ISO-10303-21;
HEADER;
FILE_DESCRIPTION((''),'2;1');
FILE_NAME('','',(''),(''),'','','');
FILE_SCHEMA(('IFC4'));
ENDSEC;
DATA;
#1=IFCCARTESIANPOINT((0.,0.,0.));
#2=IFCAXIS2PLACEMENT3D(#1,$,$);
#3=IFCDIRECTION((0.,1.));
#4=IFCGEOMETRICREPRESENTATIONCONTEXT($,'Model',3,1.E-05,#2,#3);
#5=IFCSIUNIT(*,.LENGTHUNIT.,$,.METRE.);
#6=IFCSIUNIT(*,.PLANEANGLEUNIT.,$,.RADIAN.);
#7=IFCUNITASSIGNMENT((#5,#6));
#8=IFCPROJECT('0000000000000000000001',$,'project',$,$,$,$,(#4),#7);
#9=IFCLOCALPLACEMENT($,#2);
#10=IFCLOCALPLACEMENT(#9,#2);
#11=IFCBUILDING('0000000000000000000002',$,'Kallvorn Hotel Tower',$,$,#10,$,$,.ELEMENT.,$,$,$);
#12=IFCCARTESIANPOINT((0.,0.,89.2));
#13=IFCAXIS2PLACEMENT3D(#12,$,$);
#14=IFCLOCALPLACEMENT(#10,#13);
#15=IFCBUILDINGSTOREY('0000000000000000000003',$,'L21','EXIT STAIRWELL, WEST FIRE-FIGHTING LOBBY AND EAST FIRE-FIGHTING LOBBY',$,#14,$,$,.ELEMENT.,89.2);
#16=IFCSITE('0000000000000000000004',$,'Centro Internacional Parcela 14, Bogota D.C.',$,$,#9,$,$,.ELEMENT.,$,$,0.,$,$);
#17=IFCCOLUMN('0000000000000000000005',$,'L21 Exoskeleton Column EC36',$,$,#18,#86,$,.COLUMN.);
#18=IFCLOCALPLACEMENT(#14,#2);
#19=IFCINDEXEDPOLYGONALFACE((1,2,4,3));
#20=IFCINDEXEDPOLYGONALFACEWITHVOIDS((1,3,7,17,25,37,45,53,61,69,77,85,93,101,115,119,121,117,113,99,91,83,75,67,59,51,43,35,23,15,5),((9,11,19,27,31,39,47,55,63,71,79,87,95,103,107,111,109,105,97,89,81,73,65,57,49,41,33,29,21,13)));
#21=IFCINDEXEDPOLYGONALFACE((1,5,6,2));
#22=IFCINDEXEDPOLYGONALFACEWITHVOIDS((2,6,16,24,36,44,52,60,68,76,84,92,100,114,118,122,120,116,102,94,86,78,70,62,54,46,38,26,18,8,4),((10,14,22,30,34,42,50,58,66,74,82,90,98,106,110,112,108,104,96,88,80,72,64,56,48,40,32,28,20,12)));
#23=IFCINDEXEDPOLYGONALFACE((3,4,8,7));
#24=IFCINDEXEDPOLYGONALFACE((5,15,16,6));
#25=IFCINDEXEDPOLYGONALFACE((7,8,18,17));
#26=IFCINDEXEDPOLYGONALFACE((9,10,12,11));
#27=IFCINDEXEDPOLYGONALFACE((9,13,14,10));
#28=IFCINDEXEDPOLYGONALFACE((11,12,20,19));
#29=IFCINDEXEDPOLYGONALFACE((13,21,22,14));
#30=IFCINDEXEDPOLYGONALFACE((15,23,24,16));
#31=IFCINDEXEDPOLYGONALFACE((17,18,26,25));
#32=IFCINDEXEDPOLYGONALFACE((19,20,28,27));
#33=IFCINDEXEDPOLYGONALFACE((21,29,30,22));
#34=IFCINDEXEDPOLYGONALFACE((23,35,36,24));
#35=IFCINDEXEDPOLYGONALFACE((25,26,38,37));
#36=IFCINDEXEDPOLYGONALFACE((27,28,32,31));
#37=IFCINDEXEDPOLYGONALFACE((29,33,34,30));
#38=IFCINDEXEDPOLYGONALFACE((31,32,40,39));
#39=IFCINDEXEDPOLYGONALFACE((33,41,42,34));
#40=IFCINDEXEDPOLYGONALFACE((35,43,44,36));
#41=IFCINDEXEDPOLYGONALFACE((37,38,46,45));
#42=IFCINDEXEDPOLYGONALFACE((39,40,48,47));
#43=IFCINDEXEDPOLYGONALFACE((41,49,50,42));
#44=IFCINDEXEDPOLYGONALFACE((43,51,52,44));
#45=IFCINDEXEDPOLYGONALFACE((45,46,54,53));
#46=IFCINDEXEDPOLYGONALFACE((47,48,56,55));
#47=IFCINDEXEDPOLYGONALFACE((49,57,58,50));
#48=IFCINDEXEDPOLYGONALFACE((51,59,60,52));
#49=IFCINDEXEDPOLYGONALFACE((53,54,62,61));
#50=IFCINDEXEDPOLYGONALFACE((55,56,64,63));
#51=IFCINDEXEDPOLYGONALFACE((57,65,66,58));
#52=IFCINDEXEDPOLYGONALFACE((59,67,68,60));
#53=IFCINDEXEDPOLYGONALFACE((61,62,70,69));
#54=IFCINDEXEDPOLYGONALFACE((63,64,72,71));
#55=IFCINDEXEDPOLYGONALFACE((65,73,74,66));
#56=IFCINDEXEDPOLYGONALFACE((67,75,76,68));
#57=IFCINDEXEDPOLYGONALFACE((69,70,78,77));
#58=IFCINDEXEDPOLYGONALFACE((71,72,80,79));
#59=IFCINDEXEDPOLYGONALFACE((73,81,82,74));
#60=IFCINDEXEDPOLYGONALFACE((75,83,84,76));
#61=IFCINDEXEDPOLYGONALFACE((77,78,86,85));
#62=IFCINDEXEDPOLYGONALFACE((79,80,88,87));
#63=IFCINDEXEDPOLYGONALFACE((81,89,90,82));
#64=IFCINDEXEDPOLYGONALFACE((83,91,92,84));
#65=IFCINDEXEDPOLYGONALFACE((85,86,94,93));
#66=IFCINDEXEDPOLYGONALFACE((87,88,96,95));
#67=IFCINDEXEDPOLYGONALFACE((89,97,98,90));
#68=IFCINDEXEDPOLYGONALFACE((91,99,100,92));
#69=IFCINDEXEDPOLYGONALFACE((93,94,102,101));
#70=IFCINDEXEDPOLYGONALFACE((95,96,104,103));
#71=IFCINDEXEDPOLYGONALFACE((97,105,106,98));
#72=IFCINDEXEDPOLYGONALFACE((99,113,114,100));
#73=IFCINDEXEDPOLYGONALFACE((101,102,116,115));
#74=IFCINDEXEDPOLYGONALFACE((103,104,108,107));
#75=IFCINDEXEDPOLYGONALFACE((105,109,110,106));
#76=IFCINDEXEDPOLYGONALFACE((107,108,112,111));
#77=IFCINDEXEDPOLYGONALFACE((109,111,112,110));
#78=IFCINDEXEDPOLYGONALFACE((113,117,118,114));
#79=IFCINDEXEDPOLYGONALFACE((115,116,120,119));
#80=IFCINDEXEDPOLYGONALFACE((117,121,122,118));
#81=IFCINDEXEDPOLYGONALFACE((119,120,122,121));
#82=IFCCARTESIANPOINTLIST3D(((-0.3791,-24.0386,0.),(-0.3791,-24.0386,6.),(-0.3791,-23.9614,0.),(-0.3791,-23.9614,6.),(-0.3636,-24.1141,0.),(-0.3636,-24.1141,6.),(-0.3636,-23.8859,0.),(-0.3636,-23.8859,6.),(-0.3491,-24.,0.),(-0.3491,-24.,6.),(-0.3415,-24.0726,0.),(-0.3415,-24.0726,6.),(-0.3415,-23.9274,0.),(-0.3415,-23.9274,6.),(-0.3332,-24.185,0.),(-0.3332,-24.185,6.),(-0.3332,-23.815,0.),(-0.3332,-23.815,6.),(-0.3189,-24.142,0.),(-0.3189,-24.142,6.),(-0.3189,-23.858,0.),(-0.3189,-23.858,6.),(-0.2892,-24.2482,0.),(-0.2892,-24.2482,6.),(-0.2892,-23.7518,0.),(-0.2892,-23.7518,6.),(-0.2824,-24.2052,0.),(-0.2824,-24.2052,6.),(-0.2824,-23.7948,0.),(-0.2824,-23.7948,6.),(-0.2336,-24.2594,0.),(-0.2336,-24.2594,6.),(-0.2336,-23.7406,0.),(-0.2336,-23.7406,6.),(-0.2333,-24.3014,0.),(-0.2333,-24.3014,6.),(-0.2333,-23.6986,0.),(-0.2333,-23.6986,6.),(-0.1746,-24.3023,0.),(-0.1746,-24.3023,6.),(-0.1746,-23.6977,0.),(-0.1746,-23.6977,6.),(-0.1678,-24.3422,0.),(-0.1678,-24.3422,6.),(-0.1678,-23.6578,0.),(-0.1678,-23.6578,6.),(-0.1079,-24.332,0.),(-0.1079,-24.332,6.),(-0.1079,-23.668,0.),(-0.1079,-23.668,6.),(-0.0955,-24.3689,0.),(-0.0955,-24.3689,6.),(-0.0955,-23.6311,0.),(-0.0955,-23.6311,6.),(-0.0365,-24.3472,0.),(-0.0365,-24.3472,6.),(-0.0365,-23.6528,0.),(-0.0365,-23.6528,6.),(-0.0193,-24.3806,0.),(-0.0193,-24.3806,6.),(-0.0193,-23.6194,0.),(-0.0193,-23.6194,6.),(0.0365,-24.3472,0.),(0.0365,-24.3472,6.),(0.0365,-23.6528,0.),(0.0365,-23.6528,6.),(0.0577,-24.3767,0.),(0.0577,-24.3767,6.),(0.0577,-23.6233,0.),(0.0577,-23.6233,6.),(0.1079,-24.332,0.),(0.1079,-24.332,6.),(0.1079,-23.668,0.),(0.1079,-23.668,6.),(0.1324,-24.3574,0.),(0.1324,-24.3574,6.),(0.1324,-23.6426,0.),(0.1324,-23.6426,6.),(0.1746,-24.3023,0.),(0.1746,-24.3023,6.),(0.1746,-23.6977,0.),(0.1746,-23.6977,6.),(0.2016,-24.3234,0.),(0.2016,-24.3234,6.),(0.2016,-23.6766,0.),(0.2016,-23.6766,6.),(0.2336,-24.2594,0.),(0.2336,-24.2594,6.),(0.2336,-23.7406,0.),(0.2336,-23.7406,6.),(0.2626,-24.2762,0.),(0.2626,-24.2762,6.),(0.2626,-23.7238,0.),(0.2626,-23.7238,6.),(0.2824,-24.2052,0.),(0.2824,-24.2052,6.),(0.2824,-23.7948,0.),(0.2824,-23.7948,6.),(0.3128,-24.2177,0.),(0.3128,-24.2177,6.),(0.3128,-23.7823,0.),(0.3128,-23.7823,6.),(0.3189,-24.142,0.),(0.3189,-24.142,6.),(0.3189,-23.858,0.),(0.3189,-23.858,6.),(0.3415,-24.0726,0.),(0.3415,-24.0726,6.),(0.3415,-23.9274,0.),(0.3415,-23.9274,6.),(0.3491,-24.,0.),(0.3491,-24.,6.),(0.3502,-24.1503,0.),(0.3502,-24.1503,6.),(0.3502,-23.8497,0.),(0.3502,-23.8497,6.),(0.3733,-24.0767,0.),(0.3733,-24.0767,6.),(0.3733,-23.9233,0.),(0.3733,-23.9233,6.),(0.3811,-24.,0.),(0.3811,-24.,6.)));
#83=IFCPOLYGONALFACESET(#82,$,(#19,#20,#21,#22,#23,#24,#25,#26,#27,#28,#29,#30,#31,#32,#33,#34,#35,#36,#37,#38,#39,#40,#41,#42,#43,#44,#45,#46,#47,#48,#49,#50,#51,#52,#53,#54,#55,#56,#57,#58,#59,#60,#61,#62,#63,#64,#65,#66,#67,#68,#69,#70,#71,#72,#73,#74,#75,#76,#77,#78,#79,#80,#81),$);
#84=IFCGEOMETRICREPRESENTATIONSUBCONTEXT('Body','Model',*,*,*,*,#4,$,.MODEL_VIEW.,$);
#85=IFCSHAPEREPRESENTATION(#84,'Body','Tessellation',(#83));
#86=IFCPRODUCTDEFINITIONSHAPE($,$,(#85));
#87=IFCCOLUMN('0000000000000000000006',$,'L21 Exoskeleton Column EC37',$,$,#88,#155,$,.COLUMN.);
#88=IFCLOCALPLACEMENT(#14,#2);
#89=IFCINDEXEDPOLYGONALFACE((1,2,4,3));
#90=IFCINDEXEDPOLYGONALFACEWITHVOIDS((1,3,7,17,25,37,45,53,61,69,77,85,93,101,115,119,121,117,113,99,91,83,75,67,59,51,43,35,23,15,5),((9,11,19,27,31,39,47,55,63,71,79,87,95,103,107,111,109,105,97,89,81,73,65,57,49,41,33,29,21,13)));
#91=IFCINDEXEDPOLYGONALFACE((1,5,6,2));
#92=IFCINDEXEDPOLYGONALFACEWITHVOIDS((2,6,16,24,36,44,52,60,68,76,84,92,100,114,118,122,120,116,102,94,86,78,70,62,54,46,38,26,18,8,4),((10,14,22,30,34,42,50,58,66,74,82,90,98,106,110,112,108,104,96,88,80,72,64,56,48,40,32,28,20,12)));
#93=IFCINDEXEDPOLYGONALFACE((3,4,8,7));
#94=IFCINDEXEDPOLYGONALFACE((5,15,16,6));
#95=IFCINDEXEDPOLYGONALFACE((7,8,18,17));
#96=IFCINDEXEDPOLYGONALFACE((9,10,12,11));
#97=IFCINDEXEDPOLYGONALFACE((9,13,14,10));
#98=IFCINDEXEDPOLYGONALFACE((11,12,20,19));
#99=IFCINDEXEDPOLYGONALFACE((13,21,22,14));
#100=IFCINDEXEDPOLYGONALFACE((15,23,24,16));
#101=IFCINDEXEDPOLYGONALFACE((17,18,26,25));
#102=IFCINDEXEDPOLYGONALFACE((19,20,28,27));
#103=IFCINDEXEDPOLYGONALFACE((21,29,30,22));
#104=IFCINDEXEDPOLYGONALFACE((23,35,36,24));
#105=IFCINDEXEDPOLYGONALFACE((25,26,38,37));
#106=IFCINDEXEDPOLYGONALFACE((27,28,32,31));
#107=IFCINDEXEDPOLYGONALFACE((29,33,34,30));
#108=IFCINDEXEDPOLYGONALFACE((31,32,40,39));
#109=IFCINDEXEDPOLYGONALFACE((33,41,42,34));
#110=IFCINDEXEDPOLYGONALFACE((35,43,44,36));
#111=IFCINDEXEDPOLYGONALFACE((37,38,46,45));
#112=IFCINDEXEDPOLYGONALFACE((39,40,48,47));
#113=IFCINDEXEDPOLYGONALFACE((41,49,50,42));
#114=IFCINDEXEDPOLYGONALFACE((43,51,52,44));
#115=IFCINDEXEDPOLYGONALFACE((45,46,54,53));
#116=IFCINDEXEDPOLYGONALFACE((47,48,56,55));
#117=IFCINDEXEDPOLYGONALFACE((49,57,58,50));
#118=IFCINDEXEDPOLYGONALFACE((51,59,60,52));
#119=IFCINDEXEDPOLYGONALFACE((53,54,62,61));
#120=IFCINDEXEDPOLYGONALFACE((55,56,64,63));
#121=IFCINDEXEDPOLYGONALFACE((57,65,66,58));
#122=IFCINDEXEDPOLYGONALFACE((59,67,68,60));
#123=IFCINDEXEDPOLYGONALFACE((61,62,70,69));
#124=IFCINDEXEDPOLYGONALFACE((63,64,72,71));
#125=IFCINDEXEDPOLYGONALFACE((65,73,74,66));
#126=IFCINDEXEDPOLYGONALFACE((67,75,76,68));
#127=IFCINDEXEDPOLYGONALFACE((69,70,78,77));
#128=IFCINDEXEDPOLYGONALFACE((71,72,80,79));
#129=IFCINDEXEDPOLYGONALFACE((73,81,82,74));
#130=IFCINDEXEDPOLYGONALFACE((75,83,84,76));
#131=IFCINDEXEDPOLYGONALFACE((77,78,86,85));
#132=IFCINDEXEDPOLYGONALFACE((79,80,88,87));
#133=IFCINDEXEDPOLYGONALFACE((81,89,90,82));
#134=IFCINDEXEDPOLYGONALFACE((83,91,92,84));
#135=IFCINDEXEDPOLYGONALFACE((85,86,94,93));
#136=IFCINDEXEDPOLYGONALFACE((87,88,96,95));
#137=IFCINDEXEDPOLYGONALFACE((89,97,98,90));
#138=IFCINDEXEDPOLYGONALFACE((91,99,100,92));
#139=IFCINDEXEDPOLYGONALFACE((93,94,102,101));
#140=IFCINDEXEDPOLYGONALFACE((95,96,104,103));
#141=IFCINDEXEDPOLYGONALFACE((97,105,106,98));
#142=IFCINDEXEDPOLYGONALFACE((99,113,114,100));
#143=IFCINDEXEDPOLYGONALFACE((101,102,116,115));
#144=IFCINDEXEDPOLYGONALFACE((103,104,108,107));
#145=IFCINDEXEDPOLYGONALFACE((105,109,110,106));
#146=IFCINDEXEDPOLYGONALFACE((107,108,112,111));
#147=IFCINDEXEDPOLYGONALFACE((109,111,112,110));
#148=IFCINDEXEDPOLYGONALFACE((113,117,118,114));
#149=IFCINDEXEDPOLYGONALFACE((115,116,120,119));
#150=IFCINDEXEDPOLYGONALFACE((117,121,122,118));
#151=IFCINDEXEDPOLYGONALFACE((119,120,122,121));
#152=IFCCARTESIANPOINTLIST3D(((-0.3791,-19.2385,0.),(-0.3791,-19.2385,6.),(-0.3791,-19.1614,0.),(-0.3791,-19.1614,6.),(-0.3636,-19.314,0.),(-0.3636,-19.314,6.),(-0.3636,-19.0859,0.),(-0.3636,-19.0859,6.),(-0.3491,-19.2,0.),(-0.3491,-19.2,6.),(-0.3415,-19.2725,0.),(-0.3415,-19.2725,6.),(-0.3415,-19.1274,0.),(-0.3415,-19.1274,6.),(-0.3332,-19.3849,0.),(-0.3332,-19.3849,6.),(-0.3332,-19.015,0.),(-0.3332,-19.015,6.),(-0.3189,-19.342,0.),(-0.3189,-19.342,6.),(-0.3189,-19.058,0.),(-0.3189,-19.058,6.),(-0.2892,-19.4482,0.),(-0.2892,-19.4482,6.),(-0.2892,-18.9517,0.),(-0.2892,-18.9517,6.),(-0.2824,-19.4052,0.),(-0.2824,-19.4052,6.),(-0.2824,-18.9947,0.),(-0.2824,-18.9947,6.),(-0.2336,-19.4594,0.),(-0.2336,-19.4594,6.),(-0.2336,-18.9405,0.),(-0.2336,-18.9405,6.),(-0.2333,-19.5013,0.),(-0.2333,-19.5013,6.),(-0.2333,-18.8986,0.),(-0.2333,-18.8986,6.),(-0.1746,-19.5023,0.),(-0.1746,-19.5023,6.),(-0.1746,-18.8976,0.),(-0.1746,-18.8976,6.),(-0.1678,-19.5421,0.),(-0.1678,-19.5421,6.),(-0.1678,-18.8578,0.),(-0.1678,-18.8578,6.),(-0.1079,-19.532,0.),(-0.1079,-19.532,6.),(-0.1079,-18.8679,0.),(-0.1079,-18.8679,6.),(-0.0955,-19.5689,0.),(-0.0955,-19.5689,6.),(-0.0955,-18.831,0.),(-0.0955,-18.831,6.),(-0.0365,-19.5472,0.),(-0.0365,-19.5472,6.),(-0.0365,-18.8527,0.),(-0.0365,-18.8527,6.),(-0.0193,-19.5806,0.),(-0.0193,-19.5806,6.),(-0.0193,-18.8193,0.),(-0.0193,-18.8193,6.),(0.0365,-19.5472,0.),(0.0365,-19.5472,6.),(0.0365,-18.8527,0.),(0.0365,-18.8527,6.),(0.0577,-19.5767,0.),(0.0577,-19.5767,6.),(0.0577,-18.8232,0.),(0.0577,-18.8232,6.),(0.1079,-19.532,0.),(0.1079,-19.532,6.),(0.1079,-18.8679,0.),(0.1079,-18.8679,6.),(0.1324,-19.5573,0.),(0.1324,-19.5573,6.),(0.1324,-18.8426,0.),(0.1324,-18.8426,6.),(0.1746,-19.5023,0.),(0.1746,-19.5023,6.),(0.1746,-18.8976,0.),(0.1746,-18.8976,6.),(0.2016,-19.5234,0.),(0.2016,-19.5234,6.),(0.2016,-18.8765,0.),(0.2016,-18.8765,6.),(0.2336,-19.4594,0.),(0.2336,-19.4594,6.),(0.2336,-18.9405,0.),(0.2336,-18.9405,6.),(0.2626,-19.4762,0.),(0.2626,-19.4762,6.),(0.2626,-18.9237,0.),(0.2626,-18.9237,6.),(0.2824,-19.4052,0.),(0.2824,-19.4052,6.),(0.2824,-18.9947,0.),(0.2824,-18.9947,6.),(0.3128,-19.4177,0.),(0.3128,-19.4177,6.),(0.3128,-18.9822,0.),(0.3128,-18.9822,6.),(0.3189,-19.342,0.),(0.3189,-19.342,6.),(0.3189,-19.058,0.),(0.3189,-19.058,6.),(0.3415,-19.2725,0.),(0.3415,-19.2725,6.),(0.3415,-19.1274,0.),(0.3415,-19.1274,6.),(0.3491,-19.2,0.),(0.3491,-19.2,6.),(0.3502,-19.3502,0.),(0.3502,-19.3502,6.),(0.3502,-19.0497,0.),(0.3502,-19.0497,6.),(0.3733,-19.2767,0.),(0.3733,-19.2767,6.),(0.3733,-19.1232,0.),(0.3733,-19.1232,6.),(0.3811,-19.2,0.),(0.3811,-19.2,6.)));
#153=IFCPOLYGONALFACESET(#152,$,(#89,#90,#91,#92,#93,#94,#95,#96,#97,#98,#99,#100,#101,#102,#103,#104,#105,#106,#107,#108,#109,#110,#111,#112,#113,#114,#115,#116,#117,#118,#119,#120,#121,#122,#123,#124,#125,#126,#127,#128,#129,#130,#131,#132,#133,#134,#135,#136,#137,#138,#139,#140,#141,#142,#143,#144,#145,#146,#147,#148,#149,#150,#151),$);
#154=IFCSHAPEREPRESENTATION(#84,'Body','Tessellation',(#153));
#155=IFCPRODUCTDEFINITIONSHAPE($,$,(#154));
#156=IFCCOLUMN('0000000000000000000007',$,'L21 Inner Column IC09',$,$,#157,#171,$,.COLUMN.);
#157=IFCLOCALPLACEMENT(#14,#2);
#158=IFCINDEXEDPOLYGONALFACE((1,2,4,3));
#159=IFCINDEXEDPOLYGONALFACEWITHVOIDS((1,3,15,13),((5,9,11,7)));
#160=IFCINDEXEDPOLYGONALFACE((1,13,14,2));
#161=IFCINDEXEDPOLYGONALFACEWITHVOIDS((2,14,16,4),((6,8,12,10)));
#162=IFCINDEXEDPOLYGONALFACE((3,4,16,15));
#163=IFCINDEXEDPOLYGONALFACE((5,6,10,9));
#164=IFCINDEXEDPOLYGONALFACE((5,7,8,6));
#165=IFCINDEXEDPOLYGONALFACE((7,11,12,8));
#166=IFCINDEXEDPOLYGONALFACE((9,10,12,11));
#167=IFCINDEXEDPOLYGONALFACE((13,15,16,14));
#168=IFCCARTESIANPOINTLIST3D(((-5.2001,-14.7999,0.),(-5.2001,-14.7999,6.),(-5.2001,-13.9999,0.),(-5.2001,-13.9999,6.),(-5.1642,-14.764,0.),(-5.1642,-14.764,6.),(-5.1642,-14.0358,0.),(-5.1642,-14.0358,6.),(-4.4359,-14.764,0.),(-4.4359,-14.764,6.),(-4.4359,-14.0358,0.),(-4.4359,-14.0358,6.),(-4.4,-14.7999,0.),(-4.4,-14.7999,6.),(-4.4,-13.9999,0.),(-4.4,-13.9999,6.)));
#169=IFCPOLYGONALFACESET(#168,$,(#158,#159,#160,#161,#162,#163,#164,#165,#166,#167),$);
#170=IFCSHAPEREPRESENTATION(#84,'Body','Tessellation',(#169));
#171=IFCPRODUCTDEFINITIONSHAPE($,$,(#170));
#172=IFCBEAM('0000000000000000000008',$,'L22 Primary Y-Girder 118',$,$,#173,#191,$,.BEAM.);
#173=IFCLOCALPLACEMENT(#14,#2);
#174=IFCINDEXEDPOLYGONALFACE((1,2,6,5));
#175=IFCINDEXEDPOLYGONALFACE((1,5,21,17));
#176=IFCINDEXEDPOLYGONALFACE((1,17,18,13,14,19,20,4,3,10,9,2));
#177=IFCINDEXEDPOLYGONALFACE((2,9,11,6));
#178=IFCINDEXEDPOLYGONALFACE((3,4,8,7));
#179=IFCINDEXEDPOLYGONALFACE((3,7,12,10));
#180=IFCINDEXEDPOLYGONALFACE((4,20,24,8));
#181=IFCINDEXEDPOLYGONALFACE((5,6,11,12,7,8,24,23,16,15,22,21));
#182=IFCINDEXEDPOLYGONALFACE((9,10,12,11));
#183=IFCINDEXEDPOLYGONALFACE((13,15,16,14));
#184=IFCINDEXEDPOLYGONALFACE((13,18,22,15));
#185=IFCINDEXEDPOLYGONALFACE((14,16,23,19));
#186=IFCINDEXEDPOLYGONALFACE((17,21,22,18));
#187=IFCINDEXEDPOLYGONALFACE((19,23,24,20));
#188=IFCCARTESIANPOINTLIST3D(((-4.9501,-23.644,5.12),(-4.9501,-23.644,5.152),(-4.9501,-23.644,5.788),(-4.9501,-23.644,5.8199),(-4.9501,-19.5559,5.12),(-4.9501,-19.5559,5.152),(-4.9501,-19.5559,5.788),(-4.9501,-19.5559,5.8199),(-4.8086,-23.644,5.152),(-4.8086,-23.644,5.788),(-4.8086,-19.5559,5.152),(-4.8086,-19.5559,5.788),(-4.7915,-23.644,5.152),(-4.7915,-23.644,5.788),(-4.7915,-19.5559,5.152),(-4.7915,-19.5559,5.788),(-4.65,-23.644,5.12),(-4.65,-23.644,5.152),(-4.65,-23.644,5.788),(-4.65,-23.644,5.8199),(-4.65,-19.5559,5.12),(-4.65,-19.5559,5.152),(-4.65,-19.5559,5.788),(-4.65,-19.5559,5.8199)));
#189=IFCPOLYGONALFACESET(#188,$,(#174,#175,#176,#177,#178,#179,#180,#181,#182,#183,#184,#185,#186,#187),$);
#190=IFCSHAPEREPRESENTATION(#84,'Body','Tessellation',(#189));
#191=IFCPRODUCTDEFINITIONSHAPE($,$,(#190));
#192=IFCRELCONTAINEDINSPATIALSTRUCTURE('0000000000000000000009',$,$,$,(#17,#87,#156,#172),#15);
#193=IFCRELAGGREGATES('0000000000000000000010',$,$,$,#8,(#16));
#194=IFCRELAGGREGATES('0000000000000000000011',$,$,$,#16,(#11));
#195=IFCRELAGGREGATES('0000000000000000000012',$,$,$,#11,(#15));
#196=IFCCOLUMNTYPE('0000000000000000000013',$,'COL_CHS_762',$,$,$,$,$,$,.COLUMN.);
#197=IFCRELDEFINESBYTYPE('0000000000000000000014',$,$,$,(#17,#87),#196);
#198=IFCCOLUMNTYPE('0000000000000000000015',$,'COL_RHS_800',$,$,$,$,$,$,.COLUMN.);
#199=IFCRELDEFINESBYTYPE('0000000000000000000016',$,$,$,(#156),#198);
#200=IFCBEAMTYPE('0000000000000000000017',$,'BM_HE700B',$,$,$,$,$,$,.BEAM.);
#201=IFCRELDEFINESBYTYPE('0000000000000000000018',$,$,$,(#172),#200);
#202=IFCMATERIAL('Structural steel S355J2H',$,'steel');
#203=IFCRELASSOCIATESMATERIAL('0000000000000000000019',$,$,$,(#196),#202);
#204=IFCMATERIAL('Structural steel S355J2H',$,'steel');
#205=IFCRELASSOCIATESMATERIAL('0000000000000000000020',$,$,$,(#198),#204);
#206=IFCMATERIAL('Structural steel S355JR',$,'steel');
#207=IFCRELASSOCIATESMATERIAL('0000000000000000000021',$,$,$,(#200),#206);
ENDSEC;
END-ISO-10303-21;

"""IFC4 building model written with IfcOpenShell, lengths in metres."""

from ifc_helpers import new_model, si_unit, direction, frame, origin, origin_2d, place, context, subcontext, project, spatial, hollow_rectangle, hollow_circle, i_section, extrude, material, material_profile, profile_set, type_object, element, save


model = new_model("IFC4")

# Units and contexts
model_context = context("Model", 3, precision=1e-05, world=origin(), true_north=direction((0.0, 1.0)))
body_context = subcontext(model_context, "Body", "Model", "MODEL_VIEW")
ifc_project = project(units=[si_unit("LENGTHUNIT", "METRE"), si_unit("PLANEANGLEUNIT", "RADIAN")], contexts=[model_context])

# Site, building, storey
site_placement = place(None, origin())
site = spatial("IfcSite", under=ifc_project, at=site_placement, Name="Centro Internacional Parcela 14, Bogota D.C.", CompositionType="ELEMENT", RefElevation=0.0)
building_placement = place(site_placement, origin())
building = spatial("IfcBuilding", under=site, at=building_placement, Name="Kallvorn Hotel Tower", CompositionType="ELEMENT")
storey_placement = place(building_placement, frame((0.0, 0.0, 89.2)))
storey = spatial("IfcBuildingStorey", under=building, at=storey_placement, Name="L21", Description="EXIT STAIRWELL, WEST FIRE-FIGHTING LOBBY AND EAST FIRE-FIGHTING LOBBY", CompositionType="ELEMENT", Elevation=89.2)

# Columns
ifc_material_1 = material(Name="Structural steel S355J2H", Category="steel")
ifc_material_profile_1 = material_profile(ifc_material_1, hollow_circle(Radius=0.3811, WallThickness=0.032, at=origin_2d()), Name="CHS 762x32")
ifc_profile_set_1 = profile_set([ifc_material_profile_1], Name="Structural steel S355J2H")
column_type_1 = type_object("IfcColumnType", Name="COL_CHS_762", PredefinedType="COLUMN", material=ifc_profile_set_1)
for number, where, z_axis, x_axis, name in (
    (1, (0.0, -24.0, 0.0), (0.0, 0.0, 1.0), (1.0, 0.0, 0.0), "L21 Exoskeleton Column EC36"),
    (2, (0.0, -19.2, 0.0), (0.0, 0.0, 1.0), (1.0, 0.0, 0.0), "L21 Exoskeleton Column EC37"),
):
    element("IfcColumn", number, at=place(storey_placement, frame(where, z_axis=z_axis, x_axis=x_axis)), inside=storey, type_object=column_type_1, Name=name, PredefinedType="COLUMN", context=body_context, shape_type="SweptSolid", body=[
        extrude(hollow_circle(Radius=0.3811, WallThickness=0.032, at=origin_2d()), origin(), (0.0, 0.0, 1.0), 6.0),
    ])
ifc_material_2 = material(Name="Structural steel S355J2H", Category="steel")
ifc_material_profile_2 = material_profile(ifc_material_2, hollow_rectangle(XDim=0.8, YDim=0.8, WallThickness=0.0359, at=origin_2d()), Name="RHS 800x800x36")
ifc_profile_set_2 = profile_set([ifc_material_profile_2], Name="Structural steel S355J2H")
column_type_2 = type_object("IfcColumnType", Name="COL_RHS_800", PredefinedType="COLUMN", material=ifc_profile_set_2)
column_placement = place(storey_placement, frame((-4.8, -14.3999, 0.0), z_axis=(0.0, 0.0, 1.0), x_axis=(1.0, 0.0, 0.0)))
element("IfcColumn", 3, at=column_placement, inside=storey, type_object=column_type_2, Name="L21 Inner Column IC09", PredefinedType="COLUMN", context=body_context, shape_type="SweptSolid", body=[
    extrude(hollow_rectangle(XDim=0.8, YDim=0.8, WallThickness=0.0359, at=origin_2d()), origin(), (0.0, 0.0, 1.0), 6.0),
])

# Beam
ifc_material_3 = material(Name="Structural steel S355JR", Category="steel")
ifc_material_profile_3 = material_profile(ifc_material_3, i_section(OverallWidth=0.3, OverallDepth=0.7, WebThickness=0.0171, FlangeThickness=0.032, at=origin_2d()), Name="HE 700 B")
ifc_profile_set_3 = profile_set([ifc_material_profile_3], Name="Structural steel S355JR")
beam_type_1 = type_object("IfcBeamType", Name="BM_HE700B", PredefinedType="BEAM", material=ifc_profile_set_3)
beam_1_placement = place(storey_placement, frame((-4.8, -23.644, 5.47), z_axis=(0.0, 1.0, 0.0), x_axis=(-1.0, 0.0, 0.0)))
element("IfcBeam", 4, at=beam_1_placement, inside=storey, type_object=beam_type_1, Name="L22 Primary Y-Girder 118", PredefinedType="BEAM", context=body_context, shape_type="SweptSolid", body=[
    extrude(i_section(OverallWidth=0.3, OverallDepth=0.7, WebThickness=0.0171, FlangeThickness=0.032, at=origin_2d()), origin(), (0.0, 0.0, 1.0), 4.0881),
])

save(model, "model.ifc")
